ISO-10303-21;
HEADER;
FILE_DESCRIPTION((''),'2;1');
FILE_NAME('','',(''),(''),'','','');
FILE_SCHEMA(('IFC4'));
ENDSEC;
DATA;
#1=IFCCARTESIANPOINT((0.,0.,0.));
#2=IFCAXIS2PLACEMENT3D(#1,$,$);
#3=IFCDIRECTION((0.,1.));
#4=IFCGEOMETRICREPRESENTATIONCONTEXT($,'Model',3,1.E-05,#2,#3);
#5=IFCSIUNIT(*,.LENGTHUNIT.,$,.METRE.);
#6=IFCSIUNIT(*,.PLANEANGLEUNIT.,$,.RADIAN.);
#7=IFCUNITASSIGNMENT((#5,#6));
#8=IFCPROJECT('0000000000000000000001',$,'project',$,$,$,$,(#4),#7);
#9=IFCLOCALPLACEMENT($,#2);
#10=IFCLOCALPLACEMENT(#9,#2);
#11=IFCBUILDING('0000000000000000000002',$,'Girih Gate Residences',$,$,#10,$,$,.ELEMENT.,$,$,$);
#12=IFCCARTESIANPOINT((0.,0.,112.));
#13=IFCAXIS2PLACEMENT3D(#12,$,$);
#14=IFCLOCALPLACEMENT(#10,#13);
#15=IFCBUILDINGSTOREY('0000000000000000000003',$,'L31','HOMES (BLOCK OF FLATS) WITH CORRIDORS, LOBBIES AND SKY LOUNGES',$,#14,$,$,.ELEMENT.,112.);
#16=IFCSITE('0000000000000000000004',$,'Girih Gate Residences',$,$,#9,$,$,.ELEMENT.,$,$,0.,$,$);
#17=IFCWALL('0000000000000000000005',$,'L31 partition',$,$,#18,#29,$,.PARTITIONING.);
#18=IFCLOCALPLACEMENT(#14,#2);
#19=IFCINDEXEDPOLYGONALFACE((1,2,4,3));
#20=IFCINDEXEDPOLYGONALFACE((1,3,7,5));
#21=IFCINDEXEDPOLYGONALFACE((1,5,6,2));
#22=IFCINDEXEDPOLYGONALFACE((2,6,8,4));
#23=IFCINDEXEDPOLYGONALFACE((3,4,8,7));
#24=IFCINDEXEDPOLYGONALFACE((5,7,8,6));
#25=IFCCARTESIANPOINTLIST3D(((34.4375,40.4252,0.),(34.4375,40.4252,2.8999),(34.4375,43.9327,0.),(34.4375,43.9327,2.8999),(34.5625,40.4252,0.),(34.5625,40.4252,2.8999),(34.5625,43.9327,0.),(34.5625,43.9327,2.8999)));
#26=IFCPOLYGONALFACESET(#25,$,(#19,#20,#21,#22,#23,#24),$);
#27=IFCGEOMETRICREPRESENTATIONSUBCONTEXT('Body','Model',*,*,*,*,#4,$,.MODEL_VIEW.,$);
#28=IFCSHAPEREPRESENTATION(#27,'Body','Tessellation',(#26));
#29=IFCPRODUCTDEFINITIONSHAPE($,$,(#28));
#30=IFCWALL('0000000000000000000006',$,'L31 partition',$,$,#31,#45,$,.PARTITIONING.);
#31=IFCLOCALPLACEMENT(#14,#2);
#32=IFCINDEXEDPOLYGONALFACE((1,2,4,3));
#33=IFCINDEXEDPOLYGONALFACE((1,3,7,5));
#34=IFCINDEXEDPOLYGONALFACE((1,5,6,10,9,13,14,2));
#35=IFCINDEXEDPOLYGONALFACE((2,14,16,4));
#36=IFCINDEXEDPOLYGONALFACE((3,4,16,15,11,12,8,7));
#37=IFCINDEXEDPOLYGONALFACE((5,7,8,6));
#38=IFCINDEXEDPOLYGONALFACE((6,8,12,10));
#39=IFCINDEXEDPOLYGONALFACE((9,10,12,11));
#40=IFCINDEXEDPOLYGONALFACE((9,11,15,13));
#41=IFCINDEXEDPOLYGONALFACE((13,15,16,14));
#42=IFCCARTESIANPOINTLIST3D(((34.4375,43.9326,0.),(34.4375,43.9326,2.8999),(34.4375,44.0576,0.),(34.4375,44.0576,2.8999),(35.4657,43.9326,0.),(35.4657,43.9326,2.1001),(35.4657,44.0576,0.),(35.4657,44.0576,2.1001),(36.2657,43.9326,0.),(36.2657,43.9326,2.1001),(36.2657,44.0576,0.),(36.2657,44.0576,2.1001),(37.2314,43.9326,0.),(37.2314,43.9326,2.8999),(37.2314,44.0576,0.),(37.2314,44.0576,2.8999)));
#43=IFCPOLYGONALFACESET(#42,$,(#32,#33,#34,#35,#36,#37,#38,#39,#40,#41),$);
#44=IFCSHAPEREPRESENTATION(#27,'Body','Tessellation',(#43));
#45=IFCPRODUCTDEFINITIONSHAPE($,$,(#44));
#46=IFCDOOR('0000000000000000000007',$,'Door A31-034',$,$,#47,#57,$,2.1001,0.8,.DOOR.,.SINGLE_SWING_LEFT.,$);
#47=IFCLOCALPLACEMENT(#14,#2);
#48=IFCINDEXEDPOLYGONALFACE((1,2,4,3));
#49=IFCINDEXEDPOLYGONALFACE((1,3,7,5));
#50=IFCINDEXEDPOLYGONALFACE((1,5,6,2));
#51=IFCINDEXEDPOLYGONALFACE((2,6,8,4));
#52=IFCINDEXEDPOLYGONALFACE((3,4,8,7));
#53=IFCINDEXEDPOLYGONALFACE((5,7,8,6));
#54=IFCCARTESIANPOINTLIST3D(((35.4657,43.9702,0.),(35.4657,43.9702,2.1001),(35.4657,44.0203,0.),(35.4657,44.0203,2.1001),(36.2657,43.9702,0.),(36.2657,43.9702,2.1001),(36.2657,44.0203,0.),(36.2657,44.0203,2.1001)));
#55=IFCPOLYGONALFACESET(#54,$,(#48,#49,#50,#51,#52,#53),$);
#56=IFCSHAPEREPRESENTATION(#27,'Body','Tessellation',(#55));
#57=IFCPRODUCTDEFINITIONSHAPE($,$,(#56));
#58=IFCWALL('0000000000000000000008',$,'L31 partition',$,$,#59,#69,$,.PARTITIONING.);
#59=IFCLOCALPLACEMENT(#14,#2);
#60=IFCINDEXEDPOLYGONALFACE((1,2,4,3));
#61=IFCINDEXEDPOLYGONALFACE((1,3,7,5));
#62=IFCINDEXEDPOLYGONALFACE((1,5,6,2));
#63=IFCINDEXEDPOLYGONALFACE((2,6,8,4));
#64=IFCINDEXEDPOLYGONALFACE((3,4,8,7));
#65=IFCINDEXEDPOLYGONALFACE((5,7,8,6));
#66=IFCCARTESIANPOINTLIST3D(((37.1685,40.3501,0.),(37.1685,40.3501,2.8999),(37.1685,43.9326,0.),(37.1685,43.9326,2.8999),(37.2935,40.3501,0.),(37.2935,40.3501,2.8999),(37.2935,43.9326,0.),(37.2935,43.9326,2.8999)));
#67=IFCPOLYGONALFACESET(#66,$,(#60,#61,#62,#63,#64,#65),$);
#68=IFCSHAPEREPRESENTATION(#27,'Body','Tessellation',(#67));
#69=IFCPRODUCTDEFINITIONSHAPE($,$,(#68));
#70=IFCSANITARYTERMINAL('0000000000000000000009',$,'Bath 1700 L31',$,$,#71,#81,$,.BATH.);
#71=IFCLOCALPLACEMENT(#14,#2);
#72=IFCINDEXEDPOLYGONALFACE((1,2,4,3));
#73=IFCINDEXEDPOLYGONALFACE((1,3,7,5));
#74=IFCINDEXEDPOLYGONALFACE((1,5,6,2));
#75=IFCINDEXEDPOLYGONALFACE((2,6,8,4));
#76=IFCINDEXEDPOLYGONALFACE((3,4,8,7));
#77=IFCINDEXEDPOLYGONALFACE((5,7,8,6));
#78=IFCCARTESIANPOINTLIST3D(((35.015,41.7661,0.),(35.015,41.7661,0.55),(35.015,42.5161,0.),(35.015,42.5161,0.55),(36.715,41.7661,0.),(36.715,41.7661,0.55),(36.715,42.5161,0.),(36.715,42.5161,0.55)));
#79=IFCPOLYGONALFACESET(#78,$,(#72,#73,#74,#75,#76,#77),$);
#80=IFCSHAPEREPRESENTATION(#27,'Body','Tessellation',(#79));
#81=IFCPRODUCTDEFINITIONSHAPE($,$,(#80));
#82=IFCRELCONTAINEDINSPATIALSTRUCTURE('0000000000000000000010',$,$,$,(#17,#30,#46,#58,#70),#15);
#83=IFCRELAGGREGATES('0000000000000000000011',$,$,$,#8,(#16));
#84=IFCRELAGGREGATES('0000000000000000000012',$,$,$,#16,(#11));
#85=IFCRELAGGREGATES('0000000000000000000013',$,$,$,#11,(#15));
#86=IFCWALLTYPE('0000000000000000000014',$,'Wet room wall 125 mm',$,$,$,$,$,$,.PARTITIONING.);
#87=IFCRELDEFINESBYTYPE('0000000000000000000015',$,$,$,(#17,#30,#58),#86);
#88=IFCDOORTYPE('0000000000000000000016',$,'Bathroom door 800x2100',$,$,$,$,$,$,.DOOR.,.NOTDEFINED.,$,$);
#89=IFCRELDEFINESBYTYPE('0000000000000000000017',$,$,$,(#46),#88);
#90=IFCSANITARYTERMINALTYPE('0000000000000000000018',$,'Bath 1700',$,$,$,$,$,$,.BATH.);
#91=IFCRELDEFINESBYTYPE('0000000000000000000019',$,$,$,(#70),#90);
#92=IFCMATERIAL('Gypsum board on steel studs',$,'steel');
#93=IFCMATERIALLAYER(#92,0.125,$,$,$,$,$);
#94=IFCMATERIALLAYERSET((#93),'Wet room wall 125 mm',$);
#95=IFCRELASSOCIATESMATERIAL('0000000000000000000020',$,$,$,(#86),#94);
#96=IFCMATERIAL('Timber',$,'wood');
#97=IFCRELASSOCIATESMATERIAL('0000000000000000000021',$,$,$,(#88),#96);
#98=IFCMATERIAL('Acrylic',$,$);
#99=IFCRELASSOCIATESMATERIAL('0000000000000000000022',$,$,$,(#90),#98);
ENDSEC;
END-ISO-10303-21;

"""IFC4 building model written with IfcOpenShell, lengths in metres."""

from ifc_helpers import new_model, si_unit, direction, frame, frame_2d, origin, origin_2d, place, context, subcontext, project, spatial, rectangle, extrude, material, layer, layer_set, type_object, element, fill, save


model = new_model("IFC4")

# Units and contexts
model_context = context("Model", 3, precision=1e-05, world=origin(), true_north=direction((0.0, 1.0)))
body_context = subcontext(model_context, "Body", "Model", "MODEL_VIEW")
ifc_project = project(units=[si_unit("LENGTHUNIT", "METRE"), si_unit("PLANEANGLEUNIT", "RADIAN")], contexts=[model_context])

# Site, building, storey
site_placement = place(None, origin())
site = spatial("IfcSite", under=ifc_project, at=site_placement, Name="Girih Gate Residences", CompositionType="ELEMENT", RefElevation=0.0)
building_placement = place(site_placement, origin())
building = spatial("IfcBuilding", under=site, at=building_placement, Name="Girih Gate Residences", CompositionType="ELEMENT")
storey_placement = place(building_placement, frame((0.0, 0.0, 112.0)))
storey = spatial("IfcBuildingStorey", under=building, at=storey_placement, Name="L31", Description="HOMES (BLOCK OF FLATS) WITH CORRIDORS, LOBBIES AND SKY LOUNGES", CompositionType="ELEMENT", Elevation=112.0)

# Shared definitions
ifc_material_1 = material(Name="Gypsum board on steel studs", Category="steel")

# Shared definitions
ifc_material_2 = material(Name="Timber", Category="wood")

# Wall
ifc_layer_1 = layer(ifc_material_1, 0.125)
ifc_layer_set_1 = layer_set([ifc_layer_1], Name="Wet room wall 125 mm")
wall_type_1 = type_object("IfcWallType", Name="Wet room wall 125 mm", PredefinedType="PARTITIONING", material=ifc_layer_set_1)
wall_1_placement = place(storey_placement, frame((34.5, 40.425, 0.0), z_axis=(0.0, 0.0, 1.0), x_axis=(0.0, 1.0, 0.0)))
element("IfcWall", 1, at=wall_1_placement, inside=storey, type_object=wall_type_1, Name="L31 partition", PredefinedType="PARTITIONING", context=body_context, shape_type="SweptSolid", body=[
    extrude(rectangle(XDim=3.5076, YDim=0.125, at=frame_2d((1.7539, 0.0))), origin(), (0.0, 0.0, 1.0), 2.8999),
])

# Wall, opening, door
wall_2_placement = place(storey_placement, frame((37.2314, 43.9951, 0.0), z_axis=(0.0, 0.0, 1.0), x_axis=(-1.0, 0.0, 0.0)))
wall_2 = element("IfcWall", 2, at=wall_2_placement, inside=storey, type_object=wall_type_1, Name="L31 partition", PredefinedType="PARTITIONING", context=body_context, shape_type="SweptSolid", body=[
    extrude(rectangle(XDim=2.7939, YDim=0.125, at=frame_2d((1.397, 0.0))), origin(), (0.0, 0.0, 1.0), 2.8999),
])
opening_1_placement = place(wall_2_placement, frame((0.9658, 0.0, 0.0)))
opening_1 = element("IfcOpeningElement", 3, at=opening_1_placement, cuts=wall_2, PredefinedType="OPENING", context=body_context, shape_type="SweptSolid", body=[
    extrude(rectangle(XDim=0.8, YDim=2.1001, at=frame_2d((0.3999, 1.05))), frame((0.0, 0.0725, 0.0), z_axis=(0.0, -1.0, 0.0), x_axis=(1.0, 0.0, 0.0)), (0.0, 0.0, 1.0), 0.145),
])
door_type_1 = type_object("IfcDoorType", Name="Bathroom door 800x2100", OperationType="NOTDEFINED", PredefinedType="DOOR", material=ifc_material_2)
door_1_placement = place(opening_1_placement, origin())
door_1 = element("IfcDoor", 4, at=door_1_placement, inside=storey, type_object=door_type_1, Name="Door A31-034", OperationType="SINGLE_SWING_LEFT", OverallHeight=2.1001, OverallWidth=0.8, PredefinedType="DOOR", context=body_context, shape_type="SweptSolid", body=[
    extrude(rectangle(XDim=0.8, YDim=2.1001, at=frame_2d((0.3999, 1.05))), frame((0.0, 0.0249, 0.0), z_axis=(0.0, -1.0, 0.0), x_axis=(1.0, 0.0, 0.0)), (0.0, 0.0, 1.0), 0.05),
])
fill(opening_1, door_1)

# Wall
wall_3_placement = place(storey_placement, frame((37.231, 40.3501, 0.0), z_axis=(0.0, 0.0, 1.0), x_axis=(0.0, 1.0, 0.0)))
element("IfcWall", 5, at=wall_3_placement, inside=storey, type_object=wall_type_1, Name="L31 partition", PredefinedType="PARTITIONING", context=body_context, shape_type="SweptSolid", body=[
    extrude(rectangle(XDim=3.5825, YDim=0.125, at=frame_2d((1.7913, 0.0))), origin(), (0.0, 0.0, 1.0), 2.8999),
])

# Sanitary terminal
ifc_material_3 = material(Name="Acrylic")
sanitary_terminal_type = type_object("IfcSanitaryTerminalType", Name="Bath 1700", PredefinedType="BATH", material=ifc_material_3)
sanitary_terminal_placement = place(storey_placement, frame((35.865, 42.1411, 0.0), z_axis=(0.0, 0.0, 1.0), x_axis=(1.0, 0.0, 0.0)))
element("IfcSanitaryTerminal", 6, at=sanitary_terminal_placement, inside=storey, type_object=sanitary_terminal_type, Name="Bath 1700 L31", PredefinedType="BATH", context=body_context, shape_type="SweptSolid", body=[
    extrude(rectangle(XDim=1.7, YDim=0.75, at=origin_2d()), origin(), (0.0, 0.0, 1.0), 0.55),
])

save(model, "model.ifc")
